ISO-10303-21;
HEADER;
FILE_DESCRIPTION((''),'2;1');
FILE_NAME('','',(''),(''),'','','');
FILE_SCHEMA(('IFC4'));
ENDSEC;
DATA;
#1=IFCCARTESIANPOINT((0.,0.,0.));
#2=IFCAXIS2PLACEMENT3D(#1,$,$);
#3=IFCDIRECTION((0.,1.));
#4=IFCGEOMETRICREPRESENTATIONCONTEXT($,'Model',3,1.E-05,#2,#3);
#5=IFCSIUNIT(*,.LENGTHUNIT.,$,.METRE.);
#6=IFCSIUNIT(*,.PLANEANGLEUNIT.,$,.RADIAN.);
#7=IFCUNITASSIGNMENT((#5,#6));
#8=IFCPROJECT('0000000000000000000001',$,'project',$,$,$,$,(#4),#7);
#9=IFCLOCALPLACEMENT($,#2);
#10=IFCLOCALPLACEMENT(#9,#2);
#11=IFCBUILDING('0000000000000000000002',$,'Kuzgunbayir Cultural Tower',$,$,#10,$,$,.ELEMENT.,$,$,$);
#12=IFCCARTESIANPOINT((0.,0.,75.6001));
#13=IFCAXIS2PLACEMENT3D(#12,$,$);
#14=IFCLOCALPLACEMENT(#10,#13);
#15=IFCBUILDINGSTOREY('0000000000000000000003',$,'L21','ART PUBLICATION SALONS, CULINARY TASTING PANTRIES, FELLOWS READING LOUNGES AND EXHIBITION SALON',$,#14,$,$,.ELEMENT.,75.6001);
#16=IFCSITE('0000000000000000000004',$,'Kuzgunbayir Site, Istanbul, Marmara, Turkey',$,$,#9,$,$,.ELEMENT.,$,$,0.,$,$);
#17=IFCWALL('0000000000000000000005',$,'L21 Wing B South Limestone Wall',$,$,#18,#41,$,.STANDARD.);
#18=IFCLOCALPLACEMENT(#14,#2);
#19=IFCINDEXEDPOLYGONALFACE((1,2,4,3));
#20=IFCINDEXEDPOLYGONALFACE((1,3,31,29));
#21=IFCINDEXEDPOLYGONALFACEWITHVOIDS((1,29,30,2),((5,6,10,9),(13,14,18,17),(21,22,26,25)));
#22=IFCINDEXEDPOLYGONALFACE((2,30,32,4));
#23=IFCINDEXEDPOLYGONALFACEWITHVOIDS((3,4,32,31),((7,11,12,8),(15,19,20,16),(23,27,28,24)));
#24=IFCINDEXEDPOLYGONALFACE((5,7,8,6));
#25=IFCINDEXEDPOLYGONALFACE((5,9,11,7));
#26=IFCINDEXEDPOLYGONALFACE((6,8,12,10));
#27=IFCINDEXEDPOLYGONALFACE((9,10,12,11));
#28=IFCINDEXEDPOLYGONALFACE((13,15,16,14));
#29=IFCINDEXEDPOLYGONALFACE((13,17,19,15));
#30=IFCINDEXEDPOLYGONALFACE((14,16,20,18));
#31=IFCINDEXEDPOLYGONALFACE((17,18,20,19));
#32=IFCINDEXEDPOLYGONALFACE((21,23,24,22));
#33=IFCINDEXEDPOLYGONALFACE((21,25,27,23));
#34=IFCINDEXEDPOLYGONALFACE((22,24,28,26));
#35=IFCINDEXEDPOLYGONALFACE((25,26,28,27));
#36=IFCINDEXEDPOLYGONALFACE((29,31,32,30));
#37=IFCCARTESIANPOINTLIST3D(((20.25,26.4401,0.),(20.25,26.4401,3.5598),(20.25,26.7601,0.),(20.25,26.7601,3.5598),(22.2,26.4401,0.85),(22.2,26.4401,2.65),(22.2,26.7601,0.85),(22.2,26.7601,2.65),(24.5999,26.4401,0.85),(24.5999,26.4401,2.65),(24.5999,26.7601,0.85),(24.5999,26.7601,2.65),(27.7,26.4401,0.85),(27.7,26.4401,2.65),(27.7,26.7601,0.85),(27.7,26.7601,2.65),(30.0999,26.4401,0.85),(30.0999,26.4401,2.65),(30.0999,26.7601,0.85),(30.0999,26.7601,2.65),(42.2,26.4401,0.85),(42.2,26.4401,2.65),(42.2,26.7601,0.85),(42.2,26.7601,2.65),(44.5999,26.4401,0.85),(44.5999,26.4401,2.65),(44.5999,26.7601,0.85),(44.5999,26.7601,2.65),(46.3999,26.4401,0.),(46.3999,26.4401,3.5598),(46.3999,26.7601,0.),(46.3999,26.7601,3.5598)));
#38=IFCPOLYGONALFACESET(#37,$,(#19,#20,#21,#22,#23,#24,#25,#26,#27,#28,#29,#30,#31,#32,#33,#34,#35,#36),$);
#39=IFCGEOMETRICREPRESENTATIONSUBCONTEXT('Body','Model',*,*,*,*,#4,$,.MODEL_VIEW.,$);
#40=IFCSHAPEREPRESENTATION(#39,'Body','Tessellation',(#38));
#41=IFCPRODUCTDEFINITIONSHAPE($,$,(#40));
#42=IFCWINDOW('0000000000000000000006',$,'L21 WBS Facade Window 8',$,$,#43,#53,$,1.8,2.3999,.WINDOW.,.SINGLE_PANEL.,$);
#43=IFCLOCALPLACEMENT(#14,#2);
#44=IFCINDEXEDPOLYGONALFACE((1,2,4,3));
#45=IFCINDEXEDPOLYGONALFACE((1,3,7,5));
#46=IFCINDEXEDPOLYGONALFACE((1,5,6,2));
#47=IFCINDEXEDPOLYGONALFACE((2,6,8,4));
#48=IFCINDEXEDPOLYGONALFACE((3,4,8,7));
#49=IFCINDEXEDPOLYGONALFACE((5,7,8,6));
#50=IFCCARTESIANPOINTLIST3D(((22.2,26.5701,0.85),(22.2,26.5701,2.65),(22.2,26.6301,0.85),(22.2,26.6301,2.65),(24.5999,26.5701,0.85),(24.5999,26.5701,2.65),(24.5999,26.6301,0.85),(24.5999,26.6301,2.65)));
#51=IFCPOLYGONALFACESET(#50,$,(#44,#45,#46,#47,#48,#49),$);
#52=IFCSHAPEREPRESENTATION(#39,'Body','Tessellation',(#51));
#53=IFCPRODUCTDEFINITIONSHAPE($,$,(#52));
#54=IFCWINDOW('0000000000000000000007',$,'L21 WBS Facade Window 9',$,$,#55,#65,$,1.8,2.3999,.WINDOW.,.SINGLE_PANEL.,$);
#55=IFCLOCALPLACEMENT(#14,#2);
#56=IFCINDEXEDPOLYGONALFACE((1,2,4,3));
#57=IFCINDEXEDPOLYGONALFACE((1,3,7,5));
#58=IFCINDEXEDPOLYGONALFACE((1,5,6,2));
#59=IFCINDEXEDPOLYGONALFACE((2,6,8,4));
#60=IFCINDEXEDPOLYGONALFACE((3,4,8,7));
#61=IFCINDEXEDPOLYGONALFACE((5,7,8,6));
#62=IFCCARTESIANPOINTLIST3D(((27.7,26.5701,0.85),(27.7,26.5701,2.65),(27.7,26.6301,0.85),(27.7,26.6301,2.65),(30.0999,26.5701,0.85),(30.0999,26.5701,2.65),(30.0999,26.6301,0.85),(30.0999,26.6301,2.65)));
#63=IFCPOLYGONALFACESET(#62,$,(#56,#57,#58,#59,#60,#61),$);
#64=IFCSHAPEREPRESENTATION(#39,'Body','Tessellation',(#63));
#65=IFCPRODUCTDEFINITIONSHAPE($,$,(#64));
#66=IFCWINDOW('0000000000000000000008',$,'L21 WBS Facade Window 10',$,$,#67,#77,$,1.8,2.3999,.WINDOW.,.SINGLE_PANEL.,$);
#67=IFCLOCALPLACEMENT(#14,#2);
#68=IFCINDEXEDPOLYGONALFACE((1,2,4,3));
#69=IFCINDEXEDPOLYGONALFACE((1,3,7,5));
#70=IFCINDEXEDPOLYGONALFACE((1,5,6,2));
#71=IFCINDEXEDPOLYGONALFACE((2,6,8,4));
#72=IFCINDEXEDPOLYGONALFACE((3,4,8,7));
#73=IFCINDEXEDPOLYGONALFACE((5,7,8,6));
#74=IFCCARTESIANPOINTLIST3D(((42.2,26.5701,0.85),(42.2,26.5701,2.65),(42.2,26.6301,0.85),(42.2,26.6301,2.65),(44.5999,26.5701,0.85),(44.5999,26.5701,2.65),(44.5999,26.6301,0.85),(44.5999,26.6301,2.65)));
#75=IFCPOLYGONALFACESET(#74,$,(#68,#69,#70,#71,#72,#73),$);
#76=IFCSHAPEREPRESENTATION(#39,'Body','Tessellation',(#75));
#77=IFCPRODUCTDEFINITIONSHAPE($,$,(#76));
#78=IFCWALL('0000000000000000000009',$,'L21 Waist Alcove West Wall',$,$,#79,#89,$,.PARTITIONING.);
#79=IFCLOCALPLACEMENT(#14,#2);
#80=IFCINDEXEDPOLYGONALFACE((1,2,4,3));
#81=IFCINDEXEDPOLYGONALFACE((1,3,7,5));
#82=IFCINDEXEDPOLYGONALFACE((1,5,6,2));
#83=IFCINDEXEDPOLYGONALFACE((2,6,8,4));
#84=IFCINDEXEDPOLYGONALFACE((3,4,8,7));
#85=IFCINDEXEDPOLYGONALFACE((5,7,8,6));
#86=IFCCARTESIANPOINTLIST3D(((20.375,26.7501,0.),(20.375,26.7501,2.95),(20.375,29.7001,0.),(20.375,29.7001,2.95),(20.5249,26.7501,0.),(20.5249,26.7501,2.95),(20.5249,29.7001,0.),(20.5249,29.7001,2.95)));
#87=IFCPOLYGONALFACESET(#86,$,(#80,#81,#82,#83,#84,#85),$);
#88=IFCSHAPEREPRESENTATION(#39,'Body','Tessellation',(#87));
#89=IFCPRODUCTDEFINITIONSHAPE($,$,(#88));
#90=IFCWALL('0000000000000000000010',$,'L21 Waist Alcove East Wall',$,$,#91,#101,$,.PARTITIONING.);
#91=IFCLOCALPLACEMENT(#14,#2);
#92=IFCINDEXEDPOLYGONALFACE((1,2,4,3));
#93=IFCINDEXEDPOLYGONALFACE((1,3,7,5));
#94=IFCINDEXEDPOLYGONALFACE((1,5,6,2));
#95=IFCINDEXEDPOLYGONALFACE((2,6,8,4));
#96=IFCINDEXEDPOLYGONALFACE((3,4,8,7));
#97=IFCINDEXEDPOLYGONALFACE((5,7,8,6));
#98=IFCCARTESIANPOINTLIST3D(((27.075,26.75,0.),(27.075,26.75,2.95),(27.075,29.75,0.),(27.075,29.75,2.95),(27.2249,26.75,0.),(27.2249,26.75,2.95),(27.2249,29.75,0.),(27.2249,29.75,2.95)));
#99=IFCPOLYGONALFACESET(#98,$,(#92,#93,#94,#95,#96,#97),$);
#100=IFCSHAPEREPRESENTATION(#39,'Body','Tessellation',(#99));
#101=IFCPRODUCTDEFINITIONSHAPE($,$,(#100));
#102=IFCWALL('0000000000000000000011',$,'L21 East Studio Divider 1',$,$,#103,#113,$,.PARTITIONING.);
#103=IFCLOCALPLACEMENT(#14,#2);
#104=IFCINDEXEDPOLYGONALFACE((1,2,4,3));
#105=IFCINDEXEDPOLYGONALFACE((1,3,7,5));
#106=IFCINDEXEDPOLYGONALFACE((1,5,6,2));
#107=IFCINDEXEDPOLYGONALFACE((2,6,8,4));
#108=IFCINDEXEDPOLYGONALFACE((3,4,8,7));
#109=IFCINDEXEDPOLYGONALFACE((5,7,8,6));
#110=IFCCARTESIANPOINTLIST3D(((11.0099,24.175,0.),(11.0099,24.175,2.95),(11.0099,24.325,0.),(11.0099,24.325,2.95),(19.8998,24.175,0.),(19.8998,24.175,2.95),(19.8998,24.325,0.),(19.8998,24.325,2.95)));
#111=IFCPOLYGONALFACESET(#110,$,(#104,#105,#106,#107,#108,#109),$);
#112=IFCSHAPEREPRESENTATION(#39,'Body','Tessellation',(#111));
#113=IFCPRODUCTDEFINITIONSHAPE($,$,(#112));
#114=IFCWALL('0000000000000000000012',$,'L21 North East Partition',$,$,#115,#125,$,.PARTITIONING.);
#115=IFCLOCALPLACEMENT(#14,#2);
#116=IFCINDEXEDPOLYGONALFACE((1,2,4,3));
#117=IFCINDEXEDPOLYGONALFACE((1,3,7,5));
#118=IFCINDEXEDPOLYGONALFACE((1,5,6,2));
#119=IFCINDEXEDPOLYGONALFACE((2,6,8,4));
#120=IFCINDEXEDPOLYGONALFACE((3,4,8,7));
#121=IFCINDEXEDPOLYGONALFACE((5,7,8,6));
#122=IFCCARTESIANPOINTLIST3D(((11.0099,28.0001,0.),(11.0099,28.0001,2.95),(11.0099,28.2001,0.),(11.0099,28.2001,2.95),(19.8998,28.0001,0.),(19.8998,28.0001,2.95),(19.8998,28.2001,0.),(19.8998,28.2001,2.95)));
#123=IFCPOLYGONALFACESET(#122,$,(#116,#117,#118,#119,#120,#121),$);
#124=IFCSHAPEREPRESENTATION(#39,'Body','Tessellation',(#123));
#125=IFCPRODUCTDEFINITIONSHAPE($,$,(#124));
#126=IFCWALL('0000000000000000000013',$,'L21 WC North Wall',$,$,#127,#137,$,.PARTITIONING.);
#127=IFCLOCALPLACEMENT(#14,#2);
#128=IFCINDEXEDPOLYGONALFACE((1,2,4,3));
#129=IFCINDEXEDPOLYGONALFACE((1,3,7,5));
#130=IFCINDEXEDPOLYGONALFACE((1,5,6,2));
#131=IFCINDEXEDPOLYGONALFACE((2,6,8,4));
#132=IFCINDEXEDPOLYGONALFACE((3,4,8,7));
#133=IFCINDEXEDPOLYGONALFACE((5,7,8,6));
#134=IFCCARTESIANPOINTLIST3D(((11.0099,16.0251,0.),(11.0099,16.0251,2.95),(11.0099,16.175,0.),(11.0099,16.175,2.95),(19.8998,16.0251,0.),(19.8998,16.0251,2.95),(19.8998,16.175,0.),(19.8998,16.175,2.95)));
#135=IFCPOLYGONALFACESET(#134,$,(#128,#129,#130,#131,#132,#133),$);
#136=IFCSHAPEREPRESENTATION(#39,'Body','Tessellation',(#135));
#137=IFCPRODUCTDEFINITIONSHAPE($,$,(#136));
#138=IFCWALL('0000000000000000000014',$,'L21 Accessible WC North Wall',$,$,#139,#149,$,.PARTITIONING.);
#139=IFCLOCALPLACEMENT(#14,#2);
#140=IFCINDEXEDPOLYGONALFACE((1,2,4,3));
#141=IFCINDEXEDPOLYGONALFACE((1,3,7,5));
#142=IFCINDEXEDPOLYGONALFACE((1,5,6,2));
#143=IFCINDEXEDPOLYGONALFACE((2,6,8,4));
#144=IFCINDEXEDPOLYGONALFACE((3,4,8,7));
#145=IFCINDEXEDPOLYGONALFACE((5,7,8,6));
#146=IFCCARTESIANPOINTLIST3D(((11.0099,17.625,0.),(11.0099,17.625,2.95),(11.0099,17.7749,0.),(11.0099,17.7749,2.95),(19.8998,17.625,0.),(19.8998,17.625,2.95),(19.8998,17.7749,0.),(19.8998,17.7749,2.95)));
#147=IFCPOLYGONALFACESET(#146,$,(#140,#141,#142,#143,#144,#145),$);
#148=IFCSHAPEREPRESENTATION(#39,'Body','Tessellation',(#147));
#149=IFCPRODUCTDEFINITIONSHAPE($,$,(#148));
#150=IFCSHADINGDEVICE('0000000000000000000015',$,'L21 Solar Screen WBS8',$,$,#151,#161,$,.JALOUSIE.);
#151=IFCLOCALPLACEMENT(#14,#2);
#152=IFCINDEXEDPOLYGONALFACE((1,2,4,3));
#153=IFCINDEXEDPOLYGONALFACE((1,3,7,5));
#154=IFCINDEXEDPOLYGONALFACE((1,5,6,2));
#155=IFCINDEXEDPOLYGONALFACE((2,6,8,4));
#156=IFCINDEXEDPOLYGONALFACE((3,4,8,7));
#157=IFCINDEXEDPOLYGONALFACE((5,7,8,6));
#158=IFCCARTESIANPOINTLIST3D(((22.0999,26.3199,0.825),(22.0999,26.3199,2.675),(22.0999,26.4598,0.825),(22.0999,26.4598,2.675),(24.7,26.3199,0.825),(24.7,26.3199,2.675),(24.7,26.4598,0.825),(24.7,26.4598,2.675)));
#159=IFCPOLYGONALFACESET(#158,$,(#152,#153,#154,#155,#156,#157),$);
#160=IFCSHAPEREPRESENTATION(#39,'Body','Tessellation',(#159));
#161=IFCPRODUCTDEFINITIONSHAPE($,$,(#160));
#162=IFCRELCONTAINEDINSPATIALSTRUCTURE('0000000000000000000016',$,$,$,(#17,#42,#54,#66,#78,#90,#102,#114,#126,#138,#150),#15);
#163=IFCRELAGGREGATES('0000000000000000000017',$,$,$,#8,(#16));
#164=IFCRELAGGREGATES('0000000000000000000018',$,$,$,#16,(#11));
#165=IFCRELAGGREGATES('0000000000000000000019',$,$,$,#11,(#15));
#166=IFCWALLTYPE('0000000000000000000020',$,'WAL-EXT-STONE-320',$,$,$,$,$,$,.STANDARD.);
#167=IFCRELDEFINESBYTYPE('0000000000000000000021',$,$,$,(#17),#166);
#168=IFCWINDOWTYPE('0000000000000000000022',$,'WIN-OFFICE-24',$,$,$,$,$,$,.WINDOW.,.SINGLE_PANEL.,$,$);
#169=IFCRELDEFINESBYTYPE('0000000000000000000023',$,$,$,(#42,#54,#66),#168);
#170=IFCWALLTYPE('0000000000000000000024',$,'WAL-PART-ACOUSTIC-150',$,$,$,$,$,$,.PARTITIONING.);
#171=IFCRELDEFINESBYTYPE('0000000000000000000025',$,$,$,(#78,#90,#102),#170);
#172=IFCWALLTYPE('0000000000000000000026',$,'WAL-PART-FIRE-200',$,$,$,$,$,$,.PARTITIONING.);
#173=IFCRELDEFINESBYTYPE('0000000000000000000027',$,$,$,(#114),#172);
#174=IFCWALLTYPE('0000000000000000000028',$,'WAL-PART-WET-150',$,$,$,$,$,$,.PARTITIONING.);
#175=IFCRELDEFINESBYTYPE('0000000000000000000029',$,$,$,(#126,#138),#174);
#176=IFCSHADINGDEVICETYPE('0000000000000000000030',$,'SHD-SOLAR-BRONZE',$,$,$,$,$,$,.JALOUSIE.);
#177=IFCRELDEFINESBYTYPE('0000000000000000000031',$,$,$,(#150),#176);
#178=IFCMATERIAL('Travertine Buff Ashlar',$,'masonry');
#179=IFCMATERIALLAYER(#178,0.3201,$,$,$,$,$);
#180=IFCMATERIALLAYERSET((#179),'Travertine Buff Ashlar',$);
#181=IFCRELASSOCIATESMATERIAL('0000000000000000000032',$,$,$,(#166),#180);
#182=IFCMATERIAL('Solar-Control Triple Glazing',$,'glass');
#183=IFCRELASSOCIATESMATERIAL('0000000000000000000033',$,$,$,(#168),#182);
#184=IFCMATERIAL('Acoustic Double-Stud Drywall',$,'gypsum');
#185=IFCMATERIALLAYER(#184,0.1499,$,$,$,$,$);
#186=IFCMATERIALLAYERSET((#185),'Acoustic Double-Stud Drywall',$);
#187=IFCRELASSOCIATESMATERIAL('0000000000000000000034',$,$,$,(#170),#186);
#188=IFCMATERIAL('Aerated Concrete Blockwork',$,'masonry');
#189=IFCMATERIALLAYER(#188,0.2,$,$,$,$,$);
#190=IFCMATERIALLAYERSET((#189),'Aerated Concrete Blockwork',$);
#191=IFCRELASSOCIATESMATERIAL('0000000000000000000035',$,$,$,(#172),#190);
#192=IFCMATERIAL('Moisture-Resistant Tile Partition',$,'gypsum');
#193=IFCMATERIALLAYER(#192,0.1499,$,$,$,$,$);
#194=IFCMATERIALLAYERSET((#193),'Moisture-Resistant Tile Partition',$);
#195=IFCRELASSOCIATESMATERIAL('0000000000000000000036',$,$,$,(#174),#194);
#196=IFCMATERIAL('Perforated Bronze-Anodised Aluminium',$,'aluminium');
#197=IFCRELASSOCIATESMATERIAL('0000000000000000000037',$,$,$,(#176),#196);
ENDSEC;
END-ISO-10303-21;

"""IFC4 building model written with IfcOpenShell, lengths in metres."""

from ifc_helpers import new_model, si_unit, direction, frame, frame_2d, origin, origin_2d, place, context, subcontext, project, spatial, rectangle, extrude, material, layer, layer_set, type_object, element, fill, save


model = new_model("IFC4")

# Units and contexts
model_context = context("Model", 3, precision=1e-05, world=origin(), true_north=direction((0.0, 1.0)))
body_context = subcontext(model_context, "Body", "Model", "MODEL_VIEW")
ifc_project = project(units=[si_unit("LENGTHUNIT", "METRE"), si_unit("PLANEANGLEUNIT", "RADIAN")], contexts=[model_context])

# Site, building, storey
site_placement = place(None, origin())
site = spatial("IfcSite", under=ifc_project, at=site_placement, Name="Kuzgunbayir Site, Istanbul, Marmara, Turkey", CompositionType="ELEMENT", RefElevation=0.0)
building_placement = place(site_placement, origin())
building = spatial("IfcBuilding", under=site, at=building_placement, Name="Kuzgunbayir Cultural Tower", CompositionType="ELEMENT")
storey_placement = place(building_placement, frame((0.0, 0.0, 75.6001)))
storey = spatial("IfcBuildingStorey", under=building, at=storey_placement, Name="L21", Description="ART PUBLICATION SALONS, CULINARY TASTING PANTRIES, FELLOWS READING LOUNGES AND EXHIBITION SALON", CompositionType="ELEMENT", Elevation=75.6001)

# Wall, openings, windows
ifc_material_1 = material(Name="Travertine Buff Ashlar", Category="masonry")
ifc_layer_1 = layer(ifc_material_1, 0.3201)
ifc_layer_set_1 = layer_set([ifc_layer_1], Name="Travertine Buff Ashlar")
wall_type_1 = type_object("IfcWallType", Name="WAL-EXT-STONE-320", PredefinedType="STANDARD", material=ifc_layer_set_1)
wall_1_placement = place(storey_placement, frame((20.25, 26.6001, 0.0), z_axis=(0.0, 0.0, 1.0), x_axis=(1.0, 0.0, 0.0)))
wall_1 = element("IfcWall", 1, at=wall_1_placement, inside=storey, type_object=wall_type_1, Name="L21 Wing B South Limestone Wall", PredefinedType="STANDARD", context=body_context, shape_type="SweptSolid", body=[
    extrude(rectangle(XDim=26.1499, YDim=0.3201, at=frame_2d((13.075, 0.0))), origin(), (0.0, 0.0, 1.0), 3.5598),
])
opening_1_placement = place(wall_1_placement, frame((1.95, 0.0, 0.8501)))
opening_1 = element("IfcOpeningElement", 2, at=opening_1_placement, cuts=wall_1, PredefinedType="OPENING", context=body_context, shape_type="SweptSolid", body=[
    extrude(rectangle(XDim=2.3999, YDim=1.8, at=frame_2d((1.2, 0.8999))), frame((0.0, 0.1699, 0.0), z_axis=(0.0, -1.0, 0.0), x_axis=(1.0, 0.0, 0.0)), (0.0, 0.0, 1.0), 0.3401),
])
opening_2_placement = place(wall_1_placement, frame((7.45, 0.0, 0.8501)))
opening_2 = element("IfcOpeningElement", 3, at=opening_2_placement, cuts=wall_1, PredefinedType="OPENING", context=body_context, shape_type="SweptSolid", body=[
    extrude(rectangle(XDim=2.3999, YDim=1.8, at=frame_2d((1.2, 0.8999))), frame((0.0, 0.1699, 0.0), z_axis=(0.0, -1.0, 0.0), x_axis=(1.0, 0.0, 0.0)), (0.0, 0.0, 1.0), 0.3401),
])
opening_3_placement = place(wall_1_placement, frame((21.95, 0.0, 0.8501)))
opening_3 = element("IfcOpeningElement", 4, at=opening_3_placement, cuts=wall_1, PredefinedType="OPENING", context=body_context, shape_type="SweptSolid", body=[
    extrude(rectangle(XDim=2.3999, YDim=1.8, at=frame_2d((1.2, 0.8999))), frame((0.0, 0.1699, 0.0), z_axis=(0.0, -1.0, 0.0), x_axis=(1.0, 0.0, 0.0)), (0.0, 0.0, 1.0), 0.3401),
])
ifc_material_2 = material(Name="Solar-Control Triple Glazing", Category="glass")
window_type = type_object("IfcWindowType", Name="WIN-OFFICE-24", PartitioningType="SINGLE_PANEL", PredefinedType="WINDOW", material=ifc_material_2)
window_1_placement = place(opening_1_placement, origin())
window_1 = element("IfcWindow", 5, at=window_1_placement, inside=storey, type_object=window_type, Name="L21 WBS Facade Window 8", OverallHeight=1.8, OverallWidth=2.3999, PartitioningType="SINGLE_PANEL", PredefinedType="WINDOW", context=body_context, shape_type="SweptSolid", body=[
    extrude(rectangle(XDim=2.3999, YDim=1.8, at=frame_2d((1.2, 0.8999))), frame((0.0, 0.03, 0.0), z_axis=(0.0, -1.0, 0.0), x_axis=(1.0, 0.0, 0.0)), (0.0, 0.0, 1.0), 0.0601),
])
fill(opening_1, window_1)
window_2_placement = place(opening_2_placement, origin())
window_2 = element("IfcWindow", 6, at=window_2_placement, inside=storey, type_object=window_type, Name="L21 WBS Facade Window 9", OverallHeight=1.8, OverallWidth=2.3999, PartitioningType="SINGLE_PANEL", PredefinedType="WINDOW", context=body_context, shape_type="SweptSolid", body=[
    extrude(rectangle(XDim=2.3999, YDim=1.8, at=frame_2d((1.2, 0.8999))), frame((0.0, 0.03, 0.0), z_axis=(0.0, -1.0, 0.0), x_axis=(1.0, 0.0, 0.0)), (0.0, 0.0, 1.0), 0.0601),
])
fill(opening_2, window_2)
window_3_placement = place(opening_3_placement, origin())
window_3 = element("IfcWindow", 7, at=window_3_placement, inside=storey, type_object=window_type, Name="L21 WBS Facade Window 10", OverallHeight=1.8, OverallWidth=2.3999, PartitioningType="SINGLE_PANEL", PredefinedType="WINDOW", context=body_context, shape_type="SweptSolid", body=[
    extrude(rectangle(XDim=2.3999, YDim=1.8, at=frame_2d((1.2, 0.8999))), frame((0.0, 0.03, 0.0), z_axis=(0.0, -1.0, 0.0), x_axis=(1.0, 0.0, 0.0)), (0.0, 0.0, 1.0), 0.0601),
])
fill(opening_3, window_3)

# Walls
ifc_material_3 = material(Name="Acoustic Double-Stud Drywall", Category="gypsum")
ifc_layer_2 = layer(ifc_material_3, 0.1499)
ifc_layer_set_2 = layer_set([ifc_layer_2], Name="Acoustic Double-Stud Drywall")
wall_type_2 = type_object("IfcWallType", Name="WAL-PART-ACOUSTIC-150", PredefinedType="PARTITIONING", material=ifc_layer_set_2)
wall_2_placement = place(storey_placement, frame((20.45, 26.75, 0.0), z_axis=(0.0, 0.0, 1.0), x_axis=(0.0, 1.0, 0.0)))
element("IfcWall", 8, at=wall_2_placement, inside=storey, type_object=wall_type_2, Name="L21 Waist Alcove West Wall", PredefinedType="PARTITIONING", context=body_context, shape_type="SweptSolid", body=[
    extrude(rectangle(XDim=2.95, YDim=0.1499, at=frame_2d((1.4751, 0.0))), origin(), (0.0, 0.0, 1.0), 2.95),
])
wall_3_placement = place(storey_placement, frame((27.1499, 26.75, 0.0), z_axis=(0.0, 0.0, 1.0), x_axis=(0.0, 1.0, 0.0)))
element("IfcWall", 9, at=wall_3_placement, inside=storey, type_object=wall_type_2, Name="L21 Waist Alcove East Wall", PredefinedType="PARTITIONING", context=body_context, shape_type="SweptSolid", body=[
    extrude(rectangle(XDim=3.0, YDim=0.1499, at=frame_2d((1.5, 0.0))), origin(), (0.0, 0.0, 1.0), 2.95),
])
wall_4_placement = place(storey_placement, frame((11.01, 24.25, 0.0), z_axis=(0.0, 0.0, 1.0), x_axis=(1.0, 0.0, 0.0)))
element("IfcWall", 10, at=wall_4_placement, inside=storey, type_object=wall_type_2, Name="L21 East Studio Divider 1", PredefinedType="PARTITIONING", context=body_context, shape_type="SweptSolid", body=[
    extrude(rectangle(XDim=8.8899, YDim=0.1499, at=frame_2d((4.4448, 0.0))), origin(), (0.0, 0.0, 1.0), 2.95),
])
ifc_material_4 = material(Name="Aerated Concrete Blockwork", Category="masonry")
ifc_layer_3 = layer(ifc_material_4, 0.2)
ifc_layer_set_3 = layer_set([ifc_layer_3], Name="Aerated Concrete Blockwork")
wall_type_3 = type_object("IfcWallType", Name="WAL-PART-FIRE-200", PredefinedType="PARTITIONING", material=ifc_layer_set_3)
wall_5_placement = place(storey_placement, frame((11.01, 28.1001, 0.0), z_axis=(0.0, 0.0, 1.0), x_axis=(1.0, 0.0, 0.0)))
element("IfcWall", 11, at=wall_5_placement, inside=storey, type_object=wall_type_3, Name="L21 North East Partition", PredefinedType="PARTITIONING", context=body_context, shape_type="SweptSolid", body=[
    extrude(rectangle(XDim=8.8899, YDim=0.2, at=frame_2d((4.4448, 0.0))), origin(), (0.0, 0.0, 1.0), 2.95),
])
ifc_material_5 = material(Name="Moisture-Resistant Tile Partition", Category="gypsum")
ifc_layer_4 = layer(ifc_material_5, 0.1499)
ifc_layer_set_4 = layer_set([ifc_layer_4], Name="Moisture-Resistant Tile Partition")
wall_type_4 = type_object("IfcWallType", Name="WAL-PART-WET-150", PredefinedType="PARTITIONING", material=ifc_layer_set_4)
for number, where, z_axis, x_axis, name in (
    (12, (11.01, 16.1001, 0.0), (0.0, 0.0, 1.0), (1.0, 0.0, 0.0), "L21 WC North Wall"),
    (13, (11.01, 17.7, 0.0), (0.0, 0.0, 1.0), (1.0, 0.0, 0.0), "L21 Accessible WC North Wall"),
):
    element("IfcWall", number, at=place(storey_placement, frame(where, z_axis=z_axis, x_axis=x_axis)), inside=storey, type_object=wall_type_4, Name=name, PredefinedType="PARTITIONING", context=body_context, shape_type="SweptSolid", body=[
        extrude(rectangle(XDim=8.8899, YDim=0.1499, at=frame_2d((4.4448, 0.0))), origin(), (0.0, 0.0, 1.0), 2.95),
    ])

# Shading device
ifc_material_6 = material(Name="Perforated Bronze-Anodised Aluminium", Category="aluminium")
shading_device_type = type_object("IfcShadingDeviceType", Name="SHD-SOLAR-BRONZE", PredefinedType="JALOUSIE", material=ifc_material_6)
shading_device_placement = place(storey_placement, frame((23.3999, 26.3899, 0.825), z_axis=(0.0, 0.0, 1.0), x_axis=(1.0, 0.0, 0.0)))
element("IfcShadingDevice", 14, at=shading_device_placement, inside=storey, type_object=shading_device_type, Name="L21 Solar Screen WBS8", PredefinedType="JALOUSIE", context=body_context, shape_type="SweptSolid", body=[
    extrude(rectangle(XDim=2.6001, YDim=0.1399, at=origin_2d()), origin(), (0.0, 0.0, 1.0), 1.8501),
])

save(model, "model.ifc")
